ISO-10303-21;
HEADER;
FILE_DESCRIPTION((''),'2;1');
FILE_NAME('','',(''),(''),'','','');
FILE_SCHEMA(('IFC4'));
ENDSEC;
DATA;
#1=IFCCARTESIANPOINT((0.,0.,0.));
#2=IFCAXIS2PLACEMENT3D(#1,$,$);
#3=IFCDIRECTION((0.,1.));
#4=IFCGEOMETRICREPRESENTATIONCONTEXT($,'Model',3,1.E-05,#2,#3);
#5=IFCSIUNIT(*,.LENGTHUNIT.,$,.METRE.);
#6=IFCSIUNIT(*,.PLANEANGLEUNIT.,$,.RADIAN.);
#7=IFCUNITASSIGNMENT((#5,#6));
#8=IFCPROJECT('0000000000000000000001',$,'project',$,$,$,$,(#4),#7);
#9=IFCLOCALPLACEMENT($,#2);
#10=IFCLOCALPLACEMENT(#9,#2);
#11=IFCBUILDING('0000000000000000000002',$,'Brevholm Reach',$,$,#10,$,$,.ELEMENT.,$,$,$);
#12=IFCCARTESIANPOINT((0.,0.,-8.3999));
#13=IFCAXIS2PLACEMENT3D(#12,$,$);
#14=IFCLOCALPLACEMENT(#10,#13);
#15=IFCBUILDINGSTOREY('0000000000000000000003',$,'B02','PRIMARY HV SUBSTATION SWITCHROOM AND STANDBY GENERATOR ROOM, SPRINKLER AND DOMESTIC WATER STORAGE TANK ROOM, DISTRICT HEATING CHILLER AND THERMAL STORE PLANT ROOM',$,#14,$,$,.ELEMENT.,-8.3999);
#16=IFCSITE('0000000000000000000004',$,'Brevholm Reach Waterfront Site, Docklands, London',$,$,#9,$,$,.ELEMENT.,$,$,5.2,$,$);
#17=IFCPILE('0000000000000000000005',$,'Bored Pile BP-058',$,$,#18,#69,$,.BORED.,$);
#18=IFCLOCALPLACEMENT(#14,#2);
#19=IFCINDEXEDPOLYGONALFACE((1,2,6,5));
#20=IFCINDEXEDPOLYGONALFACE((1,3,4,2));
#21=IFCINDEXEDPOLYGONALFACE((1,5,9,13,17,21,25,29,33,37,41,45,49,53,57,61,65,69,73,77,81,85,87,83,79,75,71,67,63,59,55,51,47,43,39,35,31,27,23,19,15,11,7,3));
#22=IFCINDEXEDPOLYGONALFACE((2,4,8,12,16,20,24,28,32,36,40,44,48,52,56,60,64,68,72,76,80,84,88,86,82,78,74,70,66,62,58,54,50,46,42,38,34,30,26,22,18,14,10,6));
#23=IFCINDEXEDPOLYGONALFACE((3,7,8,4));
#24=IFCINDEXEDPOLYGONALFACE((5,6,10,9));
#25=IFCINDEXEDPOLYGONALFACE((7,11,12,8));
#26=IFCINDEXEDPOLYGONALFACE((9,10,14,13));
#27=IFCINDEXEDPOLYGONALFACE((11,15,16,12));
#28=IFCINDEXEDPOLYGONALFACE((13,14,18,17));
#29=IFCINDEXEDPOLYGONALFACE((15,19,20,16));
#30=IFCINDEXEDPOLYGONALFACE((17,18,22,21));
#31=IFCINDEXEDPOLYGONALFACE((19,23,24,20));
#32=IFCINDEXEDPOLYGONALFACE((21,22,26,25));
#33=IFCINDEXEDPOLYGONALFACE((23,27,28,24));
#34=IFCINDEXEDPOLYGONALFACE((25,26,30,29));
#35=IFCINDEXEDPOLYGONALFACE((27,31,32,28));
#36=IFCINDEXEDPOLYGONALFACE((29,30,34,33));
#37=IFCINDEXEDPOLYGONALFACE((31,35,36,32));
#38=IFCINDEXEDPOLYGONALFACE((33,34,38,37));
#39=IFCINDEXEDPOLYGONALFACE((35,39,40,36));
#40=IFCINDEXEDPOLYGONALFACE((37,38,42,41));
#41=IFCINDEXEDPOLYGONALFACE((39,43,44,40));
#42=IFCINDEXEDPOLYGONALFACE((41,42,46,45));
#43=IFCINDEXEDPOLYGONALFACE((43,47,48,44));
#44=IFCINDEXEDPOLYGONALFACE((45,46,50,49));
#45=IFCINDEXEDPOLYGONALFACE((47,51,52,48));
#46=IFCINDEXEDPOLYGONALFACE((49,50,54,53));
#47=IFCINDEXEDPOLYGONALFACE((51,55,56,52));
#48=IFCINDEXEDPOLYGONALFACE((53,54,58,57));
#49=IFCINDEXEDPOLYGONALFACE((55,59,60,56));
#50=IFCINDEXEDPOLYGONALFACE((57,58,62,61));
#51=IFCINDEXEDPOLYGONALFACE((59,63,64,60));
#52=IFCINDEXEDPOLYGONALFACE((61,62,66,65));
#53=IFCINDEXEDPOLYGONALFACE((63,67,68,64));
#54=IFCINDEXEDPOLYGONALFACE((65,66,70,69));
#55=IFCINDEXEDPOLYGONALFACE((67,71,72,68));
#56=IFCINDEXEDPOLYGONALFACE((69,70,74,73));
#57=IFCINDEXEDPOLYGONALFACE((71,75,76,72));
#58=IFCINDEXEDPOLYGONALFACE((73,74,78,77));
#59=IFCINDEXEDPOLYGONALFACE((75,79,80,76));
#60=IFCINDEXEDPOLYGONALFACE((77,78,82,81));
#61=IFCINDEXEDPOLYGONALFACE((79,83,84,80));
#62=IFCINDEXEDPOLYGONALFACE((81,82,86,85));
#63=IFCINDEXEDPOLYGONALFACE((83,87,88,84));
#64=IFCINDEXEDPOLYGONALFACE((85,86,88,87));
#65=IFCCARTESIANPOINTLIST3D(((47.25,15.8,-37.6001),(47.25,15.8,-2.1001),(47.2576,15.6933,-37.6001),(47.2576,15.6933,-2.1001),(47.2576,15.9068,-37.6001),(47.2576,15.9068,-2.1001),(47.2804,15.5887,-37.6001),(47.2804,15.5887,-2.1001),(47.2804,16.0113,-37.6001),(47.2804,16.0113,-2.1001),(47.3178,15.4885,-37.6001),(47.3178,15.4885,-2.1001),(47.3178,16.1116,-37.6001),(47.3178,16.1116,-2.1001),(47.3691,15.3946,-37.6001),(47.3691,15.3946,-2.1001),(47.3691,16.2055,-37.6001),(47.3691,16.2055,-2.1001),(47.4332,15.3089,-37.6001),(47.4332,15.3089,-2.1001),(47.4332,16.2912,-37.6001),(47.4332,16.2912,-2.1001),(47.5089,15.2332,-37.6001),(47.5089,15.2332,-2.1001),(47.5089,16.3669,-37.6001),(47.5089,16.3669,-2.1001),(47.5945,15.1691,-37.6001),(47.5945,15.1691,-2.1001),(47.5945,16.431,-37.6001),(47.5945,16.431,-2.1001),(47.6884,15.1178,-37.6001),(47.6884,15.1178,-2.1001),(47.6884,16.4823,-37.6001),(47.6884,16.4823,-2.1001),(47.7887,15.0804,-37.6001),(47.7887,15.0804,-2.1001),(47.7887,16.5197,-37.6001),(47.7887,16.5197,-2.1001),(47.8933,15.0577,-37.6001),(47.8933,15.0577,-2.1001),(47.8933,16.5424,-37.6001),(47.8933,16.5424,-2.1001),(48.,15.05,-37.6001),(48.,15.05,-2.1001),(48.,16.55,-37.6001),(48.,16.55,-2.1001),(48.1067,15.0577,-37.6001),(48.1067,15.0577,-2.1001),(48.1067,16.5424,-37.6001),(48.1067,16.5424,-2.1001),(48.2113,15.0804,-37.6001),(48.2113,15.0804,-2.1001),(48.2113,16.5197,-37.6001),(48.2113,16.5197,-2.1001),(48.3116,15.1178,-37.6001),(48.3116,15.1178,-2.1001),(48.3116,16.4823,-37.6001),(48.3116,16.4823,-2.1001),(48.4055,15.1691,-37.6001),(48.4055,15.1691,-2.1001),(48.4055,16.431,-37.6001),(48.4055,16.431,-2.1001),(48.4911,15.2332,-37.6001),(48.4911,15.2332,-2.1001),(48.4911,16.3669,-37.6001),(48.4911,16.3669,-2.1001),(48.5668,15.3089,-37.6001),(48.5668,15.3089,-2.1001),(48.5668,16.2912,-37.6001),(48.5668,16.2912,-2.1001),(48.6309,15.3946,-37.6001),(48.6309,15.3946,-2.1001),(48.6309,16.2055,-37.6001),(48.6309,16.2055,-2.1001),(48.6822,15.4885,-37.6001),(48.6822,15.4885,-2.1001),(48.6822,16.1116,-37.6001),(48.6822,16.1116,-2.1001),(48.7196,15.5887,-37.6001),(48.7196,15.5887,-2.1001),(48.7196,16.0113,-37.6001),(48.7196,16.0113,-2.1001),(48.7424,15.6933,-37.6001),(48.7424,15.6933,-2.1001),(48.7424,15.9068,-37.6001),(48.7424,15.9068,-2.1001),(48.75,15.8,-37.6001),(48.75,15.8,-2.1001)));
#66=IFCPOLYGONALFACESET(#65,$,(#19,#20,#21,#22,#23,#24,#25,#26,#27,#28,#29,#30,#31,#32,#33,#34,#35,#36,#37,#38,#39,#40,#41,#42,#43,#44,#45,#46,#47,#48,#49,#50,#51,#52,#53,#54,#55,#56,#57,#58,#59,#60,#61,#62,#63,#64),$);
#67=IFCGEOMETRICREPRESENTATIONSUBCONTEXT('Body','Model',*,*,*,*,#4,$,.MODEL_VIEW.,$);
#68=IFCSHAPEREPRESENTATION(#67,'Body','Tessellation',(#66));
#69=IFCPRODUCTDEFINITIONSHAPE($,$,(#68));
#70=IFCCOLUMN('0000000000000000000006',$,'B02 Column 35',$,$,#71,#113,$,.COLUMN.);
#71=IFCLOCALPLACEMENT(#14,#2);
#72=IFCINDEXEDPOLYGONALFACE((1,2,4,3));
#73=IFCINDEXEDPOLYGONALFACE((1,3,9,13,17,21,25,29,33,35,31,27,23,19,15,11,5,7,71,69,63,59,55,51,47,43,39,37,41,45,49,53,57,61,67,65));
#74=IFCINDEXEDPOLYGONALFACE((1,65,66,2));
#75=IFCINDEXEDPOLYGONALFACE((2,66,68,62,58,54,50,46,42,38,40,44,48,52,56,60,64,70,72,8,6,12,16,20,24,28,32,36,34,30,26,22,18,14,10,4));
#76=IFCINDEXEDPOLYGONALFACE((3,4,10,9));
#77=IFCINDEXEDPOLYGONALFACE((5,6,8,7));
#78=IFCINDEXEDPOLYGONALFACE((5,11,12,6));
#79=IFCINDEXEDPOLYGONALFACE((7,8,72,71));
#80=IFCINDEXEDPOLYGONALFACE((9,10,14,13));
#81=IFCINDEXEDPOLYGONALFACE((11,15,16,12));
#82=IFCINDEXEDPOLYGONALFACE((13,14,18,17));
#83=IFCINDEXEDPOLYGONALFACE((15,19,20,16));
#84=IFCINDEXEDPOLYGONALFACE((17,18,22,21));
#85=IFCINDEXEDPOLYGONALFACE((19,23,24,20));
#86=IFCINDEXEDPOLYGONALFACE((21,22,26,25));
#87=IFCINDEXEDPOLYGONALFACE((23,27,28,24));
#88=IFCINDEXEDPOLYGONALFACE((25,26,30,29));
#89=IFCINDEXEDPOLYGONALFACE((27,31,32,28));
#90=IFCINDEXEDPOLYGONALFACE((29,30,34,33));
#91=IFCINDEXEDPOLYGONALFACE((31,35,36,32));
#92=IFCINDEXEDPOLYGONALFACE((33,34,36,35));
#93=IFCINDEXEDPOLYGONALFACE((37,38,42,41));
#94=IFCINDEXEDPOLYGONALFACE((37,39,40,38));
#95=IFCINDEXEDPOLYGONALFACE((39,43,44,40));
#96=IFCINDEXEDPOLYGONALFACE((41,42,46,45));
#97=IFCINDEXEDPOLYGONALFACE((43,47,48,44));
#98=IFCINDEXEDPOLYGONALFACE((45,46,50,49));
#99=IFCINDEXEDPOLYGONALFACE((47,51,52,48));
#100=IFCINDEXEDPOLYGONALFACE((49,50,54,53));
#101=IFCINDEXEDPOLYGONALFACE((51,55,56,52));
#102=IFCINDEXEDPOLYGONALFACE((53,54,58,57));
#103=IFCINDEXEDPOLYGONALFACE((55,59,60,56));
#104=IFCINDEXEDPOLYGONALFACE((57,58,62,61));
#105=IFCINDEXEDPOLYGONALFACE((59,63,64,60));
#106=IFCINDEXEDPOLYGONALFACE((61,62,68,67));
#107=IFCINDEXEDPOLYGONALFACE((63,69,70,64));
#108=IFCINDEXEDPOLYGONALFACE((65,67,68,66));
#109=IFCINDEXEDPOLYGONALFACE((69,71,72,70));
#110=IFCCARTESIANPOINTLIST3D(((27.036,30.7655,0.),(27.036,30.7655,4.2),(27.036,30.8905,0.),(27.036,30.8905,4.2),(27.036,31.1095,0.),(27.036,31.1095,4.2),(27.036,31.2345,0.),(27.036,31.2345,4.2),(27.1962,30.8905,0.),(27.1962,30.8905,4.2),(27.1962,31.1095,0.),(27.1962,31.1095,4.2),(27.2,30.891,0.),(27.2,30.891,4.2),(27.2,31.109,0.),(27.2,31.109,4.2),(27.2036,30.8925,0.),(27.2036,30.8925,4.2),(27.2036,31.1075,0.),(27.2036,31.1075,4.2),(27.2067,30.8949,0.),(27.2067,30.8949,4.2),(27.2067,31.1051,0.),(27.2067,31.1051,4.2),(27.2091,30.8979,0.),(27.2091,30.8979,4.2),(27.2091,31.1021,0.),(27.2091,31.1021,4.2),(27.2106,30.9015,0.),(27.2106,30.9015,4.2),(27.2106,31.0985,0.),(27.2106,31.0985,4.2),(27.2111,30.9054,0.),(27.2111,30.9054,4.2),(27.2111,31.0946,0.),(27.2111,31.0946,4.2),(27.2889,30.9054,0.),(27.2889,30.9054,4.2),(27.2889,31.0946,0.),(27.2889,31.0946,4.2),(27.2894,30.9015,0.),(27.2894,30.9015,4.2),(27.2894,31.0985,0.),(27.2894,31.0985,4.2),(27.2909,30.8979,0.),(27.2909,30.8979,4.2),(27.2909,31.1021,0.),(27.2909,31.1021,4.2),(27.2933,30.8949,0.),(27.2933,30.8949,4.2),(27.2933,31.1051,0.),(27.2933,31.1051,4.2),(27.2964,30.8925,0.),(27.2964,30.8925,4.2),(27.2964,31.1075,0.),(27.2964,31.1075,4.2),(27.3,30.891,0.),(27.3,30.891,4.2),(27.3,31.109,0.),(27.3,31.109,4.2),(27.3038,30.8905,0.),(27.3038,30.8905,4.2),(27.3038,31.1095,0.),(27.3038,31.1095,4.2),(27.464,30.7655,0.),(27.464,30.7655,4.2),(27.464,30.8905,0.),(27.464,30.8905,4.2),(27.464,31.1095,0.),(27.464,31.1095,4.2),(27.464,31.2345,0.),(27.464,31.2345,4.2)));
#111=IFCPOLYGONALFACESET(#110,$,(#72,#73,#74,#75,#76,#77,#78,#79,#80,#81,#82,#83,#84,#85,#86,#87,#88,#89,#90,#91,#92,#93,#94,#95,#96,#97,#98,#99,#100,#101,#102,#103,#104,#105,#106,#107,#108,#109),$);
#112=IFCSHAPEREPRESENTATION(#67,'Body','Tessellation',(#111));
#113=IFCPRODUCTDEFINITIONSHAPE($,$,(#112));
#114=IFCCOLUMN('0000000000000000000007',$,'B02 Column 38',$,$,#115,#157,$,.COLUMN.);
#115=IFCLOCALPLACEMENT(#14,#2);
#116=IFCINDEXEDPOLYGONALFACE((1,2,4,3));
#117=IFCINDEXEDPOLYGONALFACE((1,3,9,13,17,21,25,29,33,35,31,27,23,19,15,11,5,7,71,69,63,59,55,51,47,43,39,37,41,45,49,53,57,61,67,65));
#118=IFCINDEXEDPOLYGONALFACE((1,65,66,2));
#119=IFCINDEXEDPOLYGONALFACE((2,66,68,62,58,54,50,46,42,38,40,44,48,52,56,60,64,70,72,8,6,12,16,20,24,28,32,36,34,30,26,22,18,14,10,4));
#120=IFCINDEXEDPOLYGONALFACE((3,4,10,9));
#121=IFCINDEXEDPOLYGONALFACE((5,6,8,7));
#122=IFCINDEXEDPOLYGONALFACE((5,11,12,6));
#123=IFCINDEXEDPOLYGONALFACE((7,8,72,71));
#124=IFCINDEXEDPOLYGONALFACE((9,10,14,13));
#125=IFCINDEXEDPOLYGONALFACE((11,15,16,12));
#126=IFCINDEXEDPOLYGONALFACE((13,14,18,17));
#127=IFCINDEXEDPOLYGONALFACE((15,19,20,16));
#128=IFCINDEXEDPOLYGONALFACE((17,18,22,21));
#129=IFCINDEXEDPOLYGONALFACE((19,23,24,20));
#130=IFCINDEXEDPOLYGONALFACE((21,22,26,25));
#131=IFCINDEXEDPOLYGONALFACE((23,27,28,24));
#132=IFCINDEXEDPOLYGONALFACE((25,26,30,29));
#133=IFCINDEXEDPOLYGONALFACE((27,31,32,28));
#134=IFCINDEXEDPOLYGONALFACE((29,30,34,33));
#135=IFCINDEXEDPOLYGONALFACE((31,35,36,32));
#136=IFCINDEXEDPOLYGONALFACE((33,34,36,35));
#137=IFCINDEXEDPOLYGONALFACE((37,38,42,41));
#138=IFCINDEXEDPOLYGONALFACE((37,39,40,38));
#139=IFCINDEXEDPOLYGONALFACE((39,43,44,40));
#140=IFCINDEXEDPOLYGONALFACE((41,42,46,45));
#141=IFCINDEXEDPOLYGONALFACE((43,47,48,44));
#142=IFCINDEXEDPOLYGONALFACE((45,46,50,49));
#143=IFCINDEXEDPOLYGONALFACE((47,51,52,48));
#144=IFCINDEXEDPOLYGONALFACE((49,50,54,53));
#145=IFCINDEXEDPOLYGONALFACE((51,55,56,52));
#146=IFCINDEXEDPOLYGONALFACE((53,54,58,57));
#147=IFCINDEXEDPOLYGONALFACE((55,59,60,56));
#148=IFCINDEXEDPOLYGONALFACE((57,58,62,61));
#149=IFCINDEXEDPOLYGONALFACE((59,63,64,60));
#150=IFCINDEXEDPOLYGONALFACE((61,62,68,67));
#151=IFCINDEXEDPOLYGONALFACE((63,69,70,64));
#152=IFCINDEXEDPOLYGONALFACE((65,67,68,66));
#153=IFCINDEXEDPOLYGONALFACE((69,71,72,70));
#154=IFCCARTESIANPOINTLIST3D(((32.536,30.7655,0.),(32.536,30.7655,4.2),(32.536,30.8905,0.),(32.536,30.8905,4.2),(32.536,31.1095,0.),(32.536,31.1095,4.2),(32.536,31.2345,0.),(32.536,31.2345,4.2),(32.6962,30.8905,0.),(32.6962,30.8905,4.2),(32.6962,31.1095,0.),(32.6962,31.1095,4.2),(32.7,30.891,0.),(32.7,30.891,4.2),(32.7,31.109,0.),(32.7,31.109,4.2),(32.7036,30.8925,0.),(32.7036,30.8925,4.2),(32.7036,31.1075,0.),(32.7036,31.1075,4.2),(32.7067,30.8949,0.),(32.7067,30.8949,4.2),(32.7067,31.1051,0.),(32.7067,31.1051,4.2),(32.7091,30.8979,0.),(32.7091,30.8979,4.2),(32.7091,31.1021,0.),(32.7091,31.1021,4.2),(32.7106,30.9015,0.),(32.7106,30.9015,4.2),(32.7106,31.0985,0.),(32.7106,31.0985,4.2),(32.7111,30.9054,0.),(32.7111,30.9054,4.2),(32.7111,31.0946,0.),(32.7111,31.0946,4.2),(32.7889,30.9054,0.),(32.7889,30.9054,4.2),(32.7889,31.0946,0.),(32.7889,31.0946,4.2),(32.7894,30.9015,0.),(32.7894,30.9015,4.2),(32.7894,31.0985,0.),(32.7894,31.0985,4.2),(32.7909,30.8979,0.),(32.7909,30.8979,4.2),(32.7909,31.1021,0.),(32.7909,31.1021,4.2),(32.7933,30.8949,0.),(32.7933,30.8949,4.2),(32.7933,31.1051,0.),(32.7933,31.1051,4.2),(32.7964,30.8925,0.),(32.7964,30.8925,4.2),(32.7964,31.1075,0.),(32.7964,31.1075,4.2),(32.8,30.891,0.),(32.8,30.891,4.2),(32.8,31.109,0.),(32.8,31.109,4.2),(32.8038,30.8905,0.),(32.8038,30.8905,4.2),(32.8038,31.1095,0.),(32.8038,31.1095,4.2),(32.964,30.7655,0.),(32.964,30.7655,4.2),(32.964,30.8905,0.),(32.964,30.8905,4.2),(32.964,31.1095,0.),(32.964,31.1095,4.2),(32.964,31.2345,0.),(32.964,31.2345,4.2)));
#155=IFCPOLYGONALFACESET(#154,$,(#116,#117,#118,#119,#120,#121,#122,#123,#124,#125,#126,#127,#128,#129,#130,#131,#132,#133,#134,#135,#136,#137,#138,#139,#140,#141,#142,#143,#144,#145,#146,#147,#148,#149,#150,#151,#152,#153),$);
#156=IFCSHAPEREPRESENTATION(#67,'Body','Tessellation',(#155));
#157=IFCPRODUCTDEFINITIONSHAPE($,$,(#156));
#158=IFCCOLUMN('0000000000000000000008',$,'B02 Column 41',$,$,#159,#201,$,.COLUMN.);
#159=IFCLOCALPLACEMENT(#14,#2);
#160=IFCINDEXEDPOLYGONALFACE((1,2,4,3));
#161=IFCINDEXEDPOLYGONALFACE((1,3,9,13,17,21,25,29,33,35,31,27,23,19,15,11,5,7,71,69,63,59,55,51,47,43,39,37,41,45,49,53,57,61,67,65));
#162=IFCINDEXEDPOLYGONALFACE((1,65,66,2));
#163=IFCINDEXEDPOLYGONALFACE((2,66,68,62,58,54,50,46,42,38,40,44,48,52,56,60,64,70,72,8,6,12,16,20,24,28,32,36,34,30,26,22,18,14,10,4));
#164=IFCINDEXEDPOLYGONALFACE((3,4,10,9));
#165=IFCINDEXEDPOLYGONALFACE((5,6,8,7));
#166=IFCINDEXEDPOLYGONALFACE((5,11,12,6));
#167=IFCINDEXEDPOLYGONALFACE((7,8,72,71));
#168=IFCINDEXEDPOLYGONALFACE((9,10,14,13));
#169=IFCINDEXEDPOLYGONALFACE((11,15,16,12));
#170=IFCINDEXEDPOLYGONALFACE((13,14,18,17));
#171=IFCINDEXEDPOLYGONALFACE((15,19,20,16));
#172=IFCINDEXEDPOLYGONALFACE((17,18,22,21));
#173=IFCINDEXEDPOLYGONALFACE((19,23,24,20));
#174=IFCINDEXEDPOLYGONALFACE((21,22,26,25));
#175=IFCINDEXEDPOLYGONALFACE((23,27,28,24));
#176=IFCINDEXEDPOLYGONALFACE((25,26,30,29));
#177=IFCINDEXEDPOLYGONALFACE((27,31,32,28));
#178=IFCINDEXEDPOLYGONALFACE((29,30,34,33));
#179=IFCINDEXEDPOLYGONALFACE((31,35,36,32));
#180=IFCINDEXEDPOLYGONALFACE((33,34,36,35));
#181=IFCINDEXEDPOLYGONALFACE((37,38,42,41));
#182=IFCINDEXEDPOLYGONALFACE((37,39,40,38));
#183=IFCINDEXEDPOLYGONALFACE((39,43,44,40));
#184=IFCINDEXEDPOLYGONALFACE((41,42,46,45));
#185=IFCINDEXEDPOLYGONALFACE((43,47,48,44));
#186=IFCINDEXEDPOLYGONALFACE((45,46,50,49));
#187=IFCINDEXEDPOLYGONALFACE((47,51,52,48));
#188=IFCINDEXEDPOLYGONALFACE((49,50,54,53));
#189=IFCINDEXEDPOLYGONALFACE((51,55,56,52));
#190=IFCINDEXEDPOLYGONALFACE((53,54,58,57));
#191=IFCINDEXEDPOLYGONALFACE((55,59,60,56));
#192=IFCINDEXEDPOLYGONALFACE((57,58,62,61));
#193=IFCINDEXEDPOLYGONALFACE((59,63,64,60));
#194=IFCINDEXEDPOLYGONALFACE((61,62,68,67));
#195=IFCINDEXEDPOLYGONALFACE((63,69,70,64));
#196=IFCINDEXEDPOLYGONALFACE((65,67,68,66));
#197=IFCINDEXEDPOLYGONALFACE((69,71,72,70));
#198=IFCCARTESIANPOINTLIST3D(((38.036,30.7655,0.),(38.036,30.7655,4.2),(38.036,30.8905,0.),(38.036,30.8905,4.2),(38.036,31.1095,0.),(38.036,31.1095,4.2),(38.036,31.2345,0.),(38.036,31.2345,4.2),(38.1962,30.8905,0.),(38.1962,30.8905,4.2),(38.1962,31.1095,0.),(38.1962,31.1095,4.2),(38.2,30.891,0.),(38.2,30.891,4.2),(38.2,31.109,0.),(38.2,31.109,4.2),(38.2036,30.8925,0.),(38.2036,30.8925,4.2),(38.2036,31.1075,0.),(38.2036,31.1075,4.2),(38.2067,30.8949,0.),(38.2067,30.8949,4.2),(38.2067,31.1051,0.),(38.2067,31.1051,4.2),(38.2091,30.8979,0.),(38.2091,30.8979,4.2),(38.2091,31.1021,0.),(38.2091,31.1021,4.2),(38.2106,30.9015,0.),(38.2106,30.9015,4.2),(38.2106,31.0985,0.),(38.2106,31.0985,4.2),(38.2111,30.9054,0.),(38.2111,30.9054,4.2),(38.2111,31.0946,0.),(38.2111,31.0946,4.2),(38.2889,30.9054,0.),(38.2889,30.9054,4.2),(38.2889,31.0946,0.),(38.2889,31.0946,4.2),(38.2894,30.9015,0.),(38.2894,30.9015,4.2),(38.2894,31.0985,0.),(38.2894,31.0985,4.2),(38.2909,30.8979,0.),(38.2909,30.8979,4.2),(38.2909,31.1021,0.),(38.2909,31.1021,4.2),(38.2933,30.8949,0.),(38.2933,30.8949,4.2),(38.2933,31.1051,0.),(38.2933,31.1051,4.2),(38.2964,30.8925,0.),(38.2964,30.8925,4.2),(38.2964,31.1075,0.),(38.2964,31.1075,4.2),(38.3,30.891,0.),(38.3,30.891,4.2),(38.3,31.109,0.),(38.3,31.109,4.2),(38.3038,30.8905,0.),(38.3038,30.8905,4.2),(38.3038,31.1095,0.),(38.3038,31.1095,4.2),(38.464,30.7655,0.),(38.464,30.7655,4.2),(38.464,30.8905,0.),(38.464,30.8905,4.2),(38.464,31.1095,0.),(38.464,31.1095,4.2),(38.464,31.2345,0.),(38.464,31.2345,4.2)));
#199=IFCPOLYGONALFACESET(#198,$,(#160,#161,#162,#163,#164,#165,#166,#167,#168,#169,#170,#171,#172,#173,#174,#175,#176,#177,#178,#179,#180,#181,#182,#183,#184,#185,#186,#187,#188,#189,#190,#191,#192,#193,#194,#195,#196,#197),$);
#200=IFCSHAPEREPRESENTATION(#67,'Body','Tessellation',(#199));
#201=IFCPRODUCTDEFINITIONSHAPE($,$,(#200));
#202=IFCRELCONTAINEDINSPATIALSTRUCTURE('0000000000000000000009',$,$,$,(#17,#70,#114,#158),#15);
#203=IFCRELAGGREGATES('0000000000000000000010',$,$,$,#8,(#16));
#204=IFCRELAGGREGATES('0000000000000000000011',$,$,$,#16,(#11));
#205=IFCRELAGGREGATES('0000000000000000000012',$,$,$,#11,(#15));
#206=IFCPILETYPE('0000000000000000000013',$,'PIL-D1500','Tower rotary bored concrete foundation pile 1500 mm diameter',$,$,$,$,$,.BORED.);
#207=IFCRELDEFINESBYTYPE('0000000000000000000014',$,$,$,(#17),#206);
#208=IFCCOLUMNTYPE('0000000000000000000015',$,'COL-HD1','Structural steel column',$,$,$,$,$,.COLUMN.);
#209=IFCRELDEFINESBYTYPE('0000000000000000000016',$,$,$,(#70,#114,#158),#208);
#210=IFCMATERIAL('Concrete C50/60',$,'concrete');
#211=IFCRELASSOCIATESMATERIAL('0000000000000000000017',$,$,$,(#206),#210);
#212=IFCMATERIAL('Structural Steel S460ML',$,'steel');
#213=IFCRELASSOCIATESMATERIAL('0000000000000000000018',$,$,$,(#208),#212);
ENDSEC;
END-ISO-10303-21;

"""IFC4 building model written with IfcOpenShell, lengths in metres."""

from ifc_helpers import new_model, si_unit, direction, frame, origin, origin_2d, place, context, subcontext, project, spatial, circle, i_section, extrude, material, material_profile, profile_set, type_object, element, save


model = new_model("IFC4")

# Units and contexts
model_context = context("Model", 3, precision=1e-05, world=origin(), true_north=direction((0.0, 1.0)))
body_context = subcontext(model_context, "Body", "Model", "MODEL_VIEW")
ifc_project = project(units=[si_unit("LENGTHUNIT", "METRE"), si_unit("PLANEANGLEUNIT", "RADIAN")], contexts=[model_context])

# Site, building, storey
site_placement = place(None, origin())
site = spatial("IfcSite", under=ifc_project, at=site_placement, Name="Brevholm Reach Waterfront Site, Docklands, London", CompositionType="ELEMENT", RefElevation=5.2)
building_placement = place(site_placement, origin())
building = spatial("IfcBuilding", under=site, at=building_placement, Name="Brevholm Reach", CompositionType="ELEMENT")
storey_placement = place(building_placement, frame((0.0, 0.0, -8.3999)))
storey = spatial("IfcBuildingStorey", under=building, at=storey_placement, Name="B02", Description="PRIMARY HV SUBSTATION SWITCHROOM AND STANDBY GENERATOR ROOM, SPRINKLER AND DOMESTIC WATER STORAGE TANK ROOM, DISTRICT HEATING CHILLER AND THERMAL STORE PLANT ROOM", CompositionType="ELEMENT", Elevation=-8.3999)

# Pile
ifc_material_1 = material(Name="Concrete C50/60", Category="concrete")
ifc_material_profile_1 = material_profile(ifc_material_1, circle(Radius=0.75, at=origin_2d()), Name="PILE D1500")
ifc_profile_set_1 = profile_set([ifc_material_profile_1], Name="Concrete C50/60")
pile_type = type_object("IfcPileType", Name="PIL-D1500", Description="Tower rotary bored concrete foundation pile 1500 mm diameter", PredefinedType="BORED", material=ifc_profile_set_1)
for number, where, z_axis, x_axis, name in (
    (1, (48.0, 15.8, -2.1001), (0.0, 0.0, -1.0), (1.0, 0.0, 0.0), "Bored Pile BP-058"),
):
    element("IfcPile", number, at=place(storey_placement, frame(where, z_axis=z_axis, x_axis=x_axis)), inside=storey, type_object=pile_type, Name=name, PredefinedType="BORED", context=body_context, shape_type="SweptSolid", body=[
        extrude(circle(Radius=0.75, at=origin_2d()), origin(), (0.0, 0.0, 1.0), 35.5),
    ])

# Columns
ifc_material_2 = material(Name="Structural Steel S460ML", Category="steel")
ifc_material_profile_2 = material_profile(ifc_material_2, i_section(OverallWidth=0.428, OverallDepth=0.469, WebThickness=0.0779, FlangeThickness=0.125, FilletRadius=0.0149, at=origin_2d()), Name="HD 400x1086")
ifc_profile_set_2 = profile_set([ifc_material_profile_2], Name="Structural Steel S460ML")
column_type = type_object("IfcColumnType", Name="COL-HD1", Description="Structural steel column", PredefinedType="COLUMN", material=ifc_profile_set_2)
for number, where, z_axis, x_axis, name in (
    (2, (27.25, 31.0, 0.0), (0.0, 0.0, 1.0), (1.0, 0.0, 0.0), "B02 Column 35"),
    (3, (32.75, 31.0, 0.0), (0.0, 0.0, 1.0), (1.0, 0.0, 0.0), "B02 Column 38"),
    (4, (38.25, 31.0, 0.0), (0.0, 0.0, 1.0), (1.0, 0.0, 0.0), "B02 Column 41"),
):
    element("IfcColumn", number, at=place(storey_placement, frame(where, z_axis=z_axis, x_axis=x_axis)), inside=storey, type_object=column_type, Name=name, PredefinedType="COLUMN", context=body_context, shape_type="SweptSolid", body=[
        extrude(i_section(OverallWidth=0.428, OverallDepth=0.469, WebThickness=0.0779, FlangeThickness=0.125, FilletRadius=0.0149, at=origin_2d()), origin(), (0.0, 0.0, 1.0), 4.2),
    ])

save(model, "model.ifc")
